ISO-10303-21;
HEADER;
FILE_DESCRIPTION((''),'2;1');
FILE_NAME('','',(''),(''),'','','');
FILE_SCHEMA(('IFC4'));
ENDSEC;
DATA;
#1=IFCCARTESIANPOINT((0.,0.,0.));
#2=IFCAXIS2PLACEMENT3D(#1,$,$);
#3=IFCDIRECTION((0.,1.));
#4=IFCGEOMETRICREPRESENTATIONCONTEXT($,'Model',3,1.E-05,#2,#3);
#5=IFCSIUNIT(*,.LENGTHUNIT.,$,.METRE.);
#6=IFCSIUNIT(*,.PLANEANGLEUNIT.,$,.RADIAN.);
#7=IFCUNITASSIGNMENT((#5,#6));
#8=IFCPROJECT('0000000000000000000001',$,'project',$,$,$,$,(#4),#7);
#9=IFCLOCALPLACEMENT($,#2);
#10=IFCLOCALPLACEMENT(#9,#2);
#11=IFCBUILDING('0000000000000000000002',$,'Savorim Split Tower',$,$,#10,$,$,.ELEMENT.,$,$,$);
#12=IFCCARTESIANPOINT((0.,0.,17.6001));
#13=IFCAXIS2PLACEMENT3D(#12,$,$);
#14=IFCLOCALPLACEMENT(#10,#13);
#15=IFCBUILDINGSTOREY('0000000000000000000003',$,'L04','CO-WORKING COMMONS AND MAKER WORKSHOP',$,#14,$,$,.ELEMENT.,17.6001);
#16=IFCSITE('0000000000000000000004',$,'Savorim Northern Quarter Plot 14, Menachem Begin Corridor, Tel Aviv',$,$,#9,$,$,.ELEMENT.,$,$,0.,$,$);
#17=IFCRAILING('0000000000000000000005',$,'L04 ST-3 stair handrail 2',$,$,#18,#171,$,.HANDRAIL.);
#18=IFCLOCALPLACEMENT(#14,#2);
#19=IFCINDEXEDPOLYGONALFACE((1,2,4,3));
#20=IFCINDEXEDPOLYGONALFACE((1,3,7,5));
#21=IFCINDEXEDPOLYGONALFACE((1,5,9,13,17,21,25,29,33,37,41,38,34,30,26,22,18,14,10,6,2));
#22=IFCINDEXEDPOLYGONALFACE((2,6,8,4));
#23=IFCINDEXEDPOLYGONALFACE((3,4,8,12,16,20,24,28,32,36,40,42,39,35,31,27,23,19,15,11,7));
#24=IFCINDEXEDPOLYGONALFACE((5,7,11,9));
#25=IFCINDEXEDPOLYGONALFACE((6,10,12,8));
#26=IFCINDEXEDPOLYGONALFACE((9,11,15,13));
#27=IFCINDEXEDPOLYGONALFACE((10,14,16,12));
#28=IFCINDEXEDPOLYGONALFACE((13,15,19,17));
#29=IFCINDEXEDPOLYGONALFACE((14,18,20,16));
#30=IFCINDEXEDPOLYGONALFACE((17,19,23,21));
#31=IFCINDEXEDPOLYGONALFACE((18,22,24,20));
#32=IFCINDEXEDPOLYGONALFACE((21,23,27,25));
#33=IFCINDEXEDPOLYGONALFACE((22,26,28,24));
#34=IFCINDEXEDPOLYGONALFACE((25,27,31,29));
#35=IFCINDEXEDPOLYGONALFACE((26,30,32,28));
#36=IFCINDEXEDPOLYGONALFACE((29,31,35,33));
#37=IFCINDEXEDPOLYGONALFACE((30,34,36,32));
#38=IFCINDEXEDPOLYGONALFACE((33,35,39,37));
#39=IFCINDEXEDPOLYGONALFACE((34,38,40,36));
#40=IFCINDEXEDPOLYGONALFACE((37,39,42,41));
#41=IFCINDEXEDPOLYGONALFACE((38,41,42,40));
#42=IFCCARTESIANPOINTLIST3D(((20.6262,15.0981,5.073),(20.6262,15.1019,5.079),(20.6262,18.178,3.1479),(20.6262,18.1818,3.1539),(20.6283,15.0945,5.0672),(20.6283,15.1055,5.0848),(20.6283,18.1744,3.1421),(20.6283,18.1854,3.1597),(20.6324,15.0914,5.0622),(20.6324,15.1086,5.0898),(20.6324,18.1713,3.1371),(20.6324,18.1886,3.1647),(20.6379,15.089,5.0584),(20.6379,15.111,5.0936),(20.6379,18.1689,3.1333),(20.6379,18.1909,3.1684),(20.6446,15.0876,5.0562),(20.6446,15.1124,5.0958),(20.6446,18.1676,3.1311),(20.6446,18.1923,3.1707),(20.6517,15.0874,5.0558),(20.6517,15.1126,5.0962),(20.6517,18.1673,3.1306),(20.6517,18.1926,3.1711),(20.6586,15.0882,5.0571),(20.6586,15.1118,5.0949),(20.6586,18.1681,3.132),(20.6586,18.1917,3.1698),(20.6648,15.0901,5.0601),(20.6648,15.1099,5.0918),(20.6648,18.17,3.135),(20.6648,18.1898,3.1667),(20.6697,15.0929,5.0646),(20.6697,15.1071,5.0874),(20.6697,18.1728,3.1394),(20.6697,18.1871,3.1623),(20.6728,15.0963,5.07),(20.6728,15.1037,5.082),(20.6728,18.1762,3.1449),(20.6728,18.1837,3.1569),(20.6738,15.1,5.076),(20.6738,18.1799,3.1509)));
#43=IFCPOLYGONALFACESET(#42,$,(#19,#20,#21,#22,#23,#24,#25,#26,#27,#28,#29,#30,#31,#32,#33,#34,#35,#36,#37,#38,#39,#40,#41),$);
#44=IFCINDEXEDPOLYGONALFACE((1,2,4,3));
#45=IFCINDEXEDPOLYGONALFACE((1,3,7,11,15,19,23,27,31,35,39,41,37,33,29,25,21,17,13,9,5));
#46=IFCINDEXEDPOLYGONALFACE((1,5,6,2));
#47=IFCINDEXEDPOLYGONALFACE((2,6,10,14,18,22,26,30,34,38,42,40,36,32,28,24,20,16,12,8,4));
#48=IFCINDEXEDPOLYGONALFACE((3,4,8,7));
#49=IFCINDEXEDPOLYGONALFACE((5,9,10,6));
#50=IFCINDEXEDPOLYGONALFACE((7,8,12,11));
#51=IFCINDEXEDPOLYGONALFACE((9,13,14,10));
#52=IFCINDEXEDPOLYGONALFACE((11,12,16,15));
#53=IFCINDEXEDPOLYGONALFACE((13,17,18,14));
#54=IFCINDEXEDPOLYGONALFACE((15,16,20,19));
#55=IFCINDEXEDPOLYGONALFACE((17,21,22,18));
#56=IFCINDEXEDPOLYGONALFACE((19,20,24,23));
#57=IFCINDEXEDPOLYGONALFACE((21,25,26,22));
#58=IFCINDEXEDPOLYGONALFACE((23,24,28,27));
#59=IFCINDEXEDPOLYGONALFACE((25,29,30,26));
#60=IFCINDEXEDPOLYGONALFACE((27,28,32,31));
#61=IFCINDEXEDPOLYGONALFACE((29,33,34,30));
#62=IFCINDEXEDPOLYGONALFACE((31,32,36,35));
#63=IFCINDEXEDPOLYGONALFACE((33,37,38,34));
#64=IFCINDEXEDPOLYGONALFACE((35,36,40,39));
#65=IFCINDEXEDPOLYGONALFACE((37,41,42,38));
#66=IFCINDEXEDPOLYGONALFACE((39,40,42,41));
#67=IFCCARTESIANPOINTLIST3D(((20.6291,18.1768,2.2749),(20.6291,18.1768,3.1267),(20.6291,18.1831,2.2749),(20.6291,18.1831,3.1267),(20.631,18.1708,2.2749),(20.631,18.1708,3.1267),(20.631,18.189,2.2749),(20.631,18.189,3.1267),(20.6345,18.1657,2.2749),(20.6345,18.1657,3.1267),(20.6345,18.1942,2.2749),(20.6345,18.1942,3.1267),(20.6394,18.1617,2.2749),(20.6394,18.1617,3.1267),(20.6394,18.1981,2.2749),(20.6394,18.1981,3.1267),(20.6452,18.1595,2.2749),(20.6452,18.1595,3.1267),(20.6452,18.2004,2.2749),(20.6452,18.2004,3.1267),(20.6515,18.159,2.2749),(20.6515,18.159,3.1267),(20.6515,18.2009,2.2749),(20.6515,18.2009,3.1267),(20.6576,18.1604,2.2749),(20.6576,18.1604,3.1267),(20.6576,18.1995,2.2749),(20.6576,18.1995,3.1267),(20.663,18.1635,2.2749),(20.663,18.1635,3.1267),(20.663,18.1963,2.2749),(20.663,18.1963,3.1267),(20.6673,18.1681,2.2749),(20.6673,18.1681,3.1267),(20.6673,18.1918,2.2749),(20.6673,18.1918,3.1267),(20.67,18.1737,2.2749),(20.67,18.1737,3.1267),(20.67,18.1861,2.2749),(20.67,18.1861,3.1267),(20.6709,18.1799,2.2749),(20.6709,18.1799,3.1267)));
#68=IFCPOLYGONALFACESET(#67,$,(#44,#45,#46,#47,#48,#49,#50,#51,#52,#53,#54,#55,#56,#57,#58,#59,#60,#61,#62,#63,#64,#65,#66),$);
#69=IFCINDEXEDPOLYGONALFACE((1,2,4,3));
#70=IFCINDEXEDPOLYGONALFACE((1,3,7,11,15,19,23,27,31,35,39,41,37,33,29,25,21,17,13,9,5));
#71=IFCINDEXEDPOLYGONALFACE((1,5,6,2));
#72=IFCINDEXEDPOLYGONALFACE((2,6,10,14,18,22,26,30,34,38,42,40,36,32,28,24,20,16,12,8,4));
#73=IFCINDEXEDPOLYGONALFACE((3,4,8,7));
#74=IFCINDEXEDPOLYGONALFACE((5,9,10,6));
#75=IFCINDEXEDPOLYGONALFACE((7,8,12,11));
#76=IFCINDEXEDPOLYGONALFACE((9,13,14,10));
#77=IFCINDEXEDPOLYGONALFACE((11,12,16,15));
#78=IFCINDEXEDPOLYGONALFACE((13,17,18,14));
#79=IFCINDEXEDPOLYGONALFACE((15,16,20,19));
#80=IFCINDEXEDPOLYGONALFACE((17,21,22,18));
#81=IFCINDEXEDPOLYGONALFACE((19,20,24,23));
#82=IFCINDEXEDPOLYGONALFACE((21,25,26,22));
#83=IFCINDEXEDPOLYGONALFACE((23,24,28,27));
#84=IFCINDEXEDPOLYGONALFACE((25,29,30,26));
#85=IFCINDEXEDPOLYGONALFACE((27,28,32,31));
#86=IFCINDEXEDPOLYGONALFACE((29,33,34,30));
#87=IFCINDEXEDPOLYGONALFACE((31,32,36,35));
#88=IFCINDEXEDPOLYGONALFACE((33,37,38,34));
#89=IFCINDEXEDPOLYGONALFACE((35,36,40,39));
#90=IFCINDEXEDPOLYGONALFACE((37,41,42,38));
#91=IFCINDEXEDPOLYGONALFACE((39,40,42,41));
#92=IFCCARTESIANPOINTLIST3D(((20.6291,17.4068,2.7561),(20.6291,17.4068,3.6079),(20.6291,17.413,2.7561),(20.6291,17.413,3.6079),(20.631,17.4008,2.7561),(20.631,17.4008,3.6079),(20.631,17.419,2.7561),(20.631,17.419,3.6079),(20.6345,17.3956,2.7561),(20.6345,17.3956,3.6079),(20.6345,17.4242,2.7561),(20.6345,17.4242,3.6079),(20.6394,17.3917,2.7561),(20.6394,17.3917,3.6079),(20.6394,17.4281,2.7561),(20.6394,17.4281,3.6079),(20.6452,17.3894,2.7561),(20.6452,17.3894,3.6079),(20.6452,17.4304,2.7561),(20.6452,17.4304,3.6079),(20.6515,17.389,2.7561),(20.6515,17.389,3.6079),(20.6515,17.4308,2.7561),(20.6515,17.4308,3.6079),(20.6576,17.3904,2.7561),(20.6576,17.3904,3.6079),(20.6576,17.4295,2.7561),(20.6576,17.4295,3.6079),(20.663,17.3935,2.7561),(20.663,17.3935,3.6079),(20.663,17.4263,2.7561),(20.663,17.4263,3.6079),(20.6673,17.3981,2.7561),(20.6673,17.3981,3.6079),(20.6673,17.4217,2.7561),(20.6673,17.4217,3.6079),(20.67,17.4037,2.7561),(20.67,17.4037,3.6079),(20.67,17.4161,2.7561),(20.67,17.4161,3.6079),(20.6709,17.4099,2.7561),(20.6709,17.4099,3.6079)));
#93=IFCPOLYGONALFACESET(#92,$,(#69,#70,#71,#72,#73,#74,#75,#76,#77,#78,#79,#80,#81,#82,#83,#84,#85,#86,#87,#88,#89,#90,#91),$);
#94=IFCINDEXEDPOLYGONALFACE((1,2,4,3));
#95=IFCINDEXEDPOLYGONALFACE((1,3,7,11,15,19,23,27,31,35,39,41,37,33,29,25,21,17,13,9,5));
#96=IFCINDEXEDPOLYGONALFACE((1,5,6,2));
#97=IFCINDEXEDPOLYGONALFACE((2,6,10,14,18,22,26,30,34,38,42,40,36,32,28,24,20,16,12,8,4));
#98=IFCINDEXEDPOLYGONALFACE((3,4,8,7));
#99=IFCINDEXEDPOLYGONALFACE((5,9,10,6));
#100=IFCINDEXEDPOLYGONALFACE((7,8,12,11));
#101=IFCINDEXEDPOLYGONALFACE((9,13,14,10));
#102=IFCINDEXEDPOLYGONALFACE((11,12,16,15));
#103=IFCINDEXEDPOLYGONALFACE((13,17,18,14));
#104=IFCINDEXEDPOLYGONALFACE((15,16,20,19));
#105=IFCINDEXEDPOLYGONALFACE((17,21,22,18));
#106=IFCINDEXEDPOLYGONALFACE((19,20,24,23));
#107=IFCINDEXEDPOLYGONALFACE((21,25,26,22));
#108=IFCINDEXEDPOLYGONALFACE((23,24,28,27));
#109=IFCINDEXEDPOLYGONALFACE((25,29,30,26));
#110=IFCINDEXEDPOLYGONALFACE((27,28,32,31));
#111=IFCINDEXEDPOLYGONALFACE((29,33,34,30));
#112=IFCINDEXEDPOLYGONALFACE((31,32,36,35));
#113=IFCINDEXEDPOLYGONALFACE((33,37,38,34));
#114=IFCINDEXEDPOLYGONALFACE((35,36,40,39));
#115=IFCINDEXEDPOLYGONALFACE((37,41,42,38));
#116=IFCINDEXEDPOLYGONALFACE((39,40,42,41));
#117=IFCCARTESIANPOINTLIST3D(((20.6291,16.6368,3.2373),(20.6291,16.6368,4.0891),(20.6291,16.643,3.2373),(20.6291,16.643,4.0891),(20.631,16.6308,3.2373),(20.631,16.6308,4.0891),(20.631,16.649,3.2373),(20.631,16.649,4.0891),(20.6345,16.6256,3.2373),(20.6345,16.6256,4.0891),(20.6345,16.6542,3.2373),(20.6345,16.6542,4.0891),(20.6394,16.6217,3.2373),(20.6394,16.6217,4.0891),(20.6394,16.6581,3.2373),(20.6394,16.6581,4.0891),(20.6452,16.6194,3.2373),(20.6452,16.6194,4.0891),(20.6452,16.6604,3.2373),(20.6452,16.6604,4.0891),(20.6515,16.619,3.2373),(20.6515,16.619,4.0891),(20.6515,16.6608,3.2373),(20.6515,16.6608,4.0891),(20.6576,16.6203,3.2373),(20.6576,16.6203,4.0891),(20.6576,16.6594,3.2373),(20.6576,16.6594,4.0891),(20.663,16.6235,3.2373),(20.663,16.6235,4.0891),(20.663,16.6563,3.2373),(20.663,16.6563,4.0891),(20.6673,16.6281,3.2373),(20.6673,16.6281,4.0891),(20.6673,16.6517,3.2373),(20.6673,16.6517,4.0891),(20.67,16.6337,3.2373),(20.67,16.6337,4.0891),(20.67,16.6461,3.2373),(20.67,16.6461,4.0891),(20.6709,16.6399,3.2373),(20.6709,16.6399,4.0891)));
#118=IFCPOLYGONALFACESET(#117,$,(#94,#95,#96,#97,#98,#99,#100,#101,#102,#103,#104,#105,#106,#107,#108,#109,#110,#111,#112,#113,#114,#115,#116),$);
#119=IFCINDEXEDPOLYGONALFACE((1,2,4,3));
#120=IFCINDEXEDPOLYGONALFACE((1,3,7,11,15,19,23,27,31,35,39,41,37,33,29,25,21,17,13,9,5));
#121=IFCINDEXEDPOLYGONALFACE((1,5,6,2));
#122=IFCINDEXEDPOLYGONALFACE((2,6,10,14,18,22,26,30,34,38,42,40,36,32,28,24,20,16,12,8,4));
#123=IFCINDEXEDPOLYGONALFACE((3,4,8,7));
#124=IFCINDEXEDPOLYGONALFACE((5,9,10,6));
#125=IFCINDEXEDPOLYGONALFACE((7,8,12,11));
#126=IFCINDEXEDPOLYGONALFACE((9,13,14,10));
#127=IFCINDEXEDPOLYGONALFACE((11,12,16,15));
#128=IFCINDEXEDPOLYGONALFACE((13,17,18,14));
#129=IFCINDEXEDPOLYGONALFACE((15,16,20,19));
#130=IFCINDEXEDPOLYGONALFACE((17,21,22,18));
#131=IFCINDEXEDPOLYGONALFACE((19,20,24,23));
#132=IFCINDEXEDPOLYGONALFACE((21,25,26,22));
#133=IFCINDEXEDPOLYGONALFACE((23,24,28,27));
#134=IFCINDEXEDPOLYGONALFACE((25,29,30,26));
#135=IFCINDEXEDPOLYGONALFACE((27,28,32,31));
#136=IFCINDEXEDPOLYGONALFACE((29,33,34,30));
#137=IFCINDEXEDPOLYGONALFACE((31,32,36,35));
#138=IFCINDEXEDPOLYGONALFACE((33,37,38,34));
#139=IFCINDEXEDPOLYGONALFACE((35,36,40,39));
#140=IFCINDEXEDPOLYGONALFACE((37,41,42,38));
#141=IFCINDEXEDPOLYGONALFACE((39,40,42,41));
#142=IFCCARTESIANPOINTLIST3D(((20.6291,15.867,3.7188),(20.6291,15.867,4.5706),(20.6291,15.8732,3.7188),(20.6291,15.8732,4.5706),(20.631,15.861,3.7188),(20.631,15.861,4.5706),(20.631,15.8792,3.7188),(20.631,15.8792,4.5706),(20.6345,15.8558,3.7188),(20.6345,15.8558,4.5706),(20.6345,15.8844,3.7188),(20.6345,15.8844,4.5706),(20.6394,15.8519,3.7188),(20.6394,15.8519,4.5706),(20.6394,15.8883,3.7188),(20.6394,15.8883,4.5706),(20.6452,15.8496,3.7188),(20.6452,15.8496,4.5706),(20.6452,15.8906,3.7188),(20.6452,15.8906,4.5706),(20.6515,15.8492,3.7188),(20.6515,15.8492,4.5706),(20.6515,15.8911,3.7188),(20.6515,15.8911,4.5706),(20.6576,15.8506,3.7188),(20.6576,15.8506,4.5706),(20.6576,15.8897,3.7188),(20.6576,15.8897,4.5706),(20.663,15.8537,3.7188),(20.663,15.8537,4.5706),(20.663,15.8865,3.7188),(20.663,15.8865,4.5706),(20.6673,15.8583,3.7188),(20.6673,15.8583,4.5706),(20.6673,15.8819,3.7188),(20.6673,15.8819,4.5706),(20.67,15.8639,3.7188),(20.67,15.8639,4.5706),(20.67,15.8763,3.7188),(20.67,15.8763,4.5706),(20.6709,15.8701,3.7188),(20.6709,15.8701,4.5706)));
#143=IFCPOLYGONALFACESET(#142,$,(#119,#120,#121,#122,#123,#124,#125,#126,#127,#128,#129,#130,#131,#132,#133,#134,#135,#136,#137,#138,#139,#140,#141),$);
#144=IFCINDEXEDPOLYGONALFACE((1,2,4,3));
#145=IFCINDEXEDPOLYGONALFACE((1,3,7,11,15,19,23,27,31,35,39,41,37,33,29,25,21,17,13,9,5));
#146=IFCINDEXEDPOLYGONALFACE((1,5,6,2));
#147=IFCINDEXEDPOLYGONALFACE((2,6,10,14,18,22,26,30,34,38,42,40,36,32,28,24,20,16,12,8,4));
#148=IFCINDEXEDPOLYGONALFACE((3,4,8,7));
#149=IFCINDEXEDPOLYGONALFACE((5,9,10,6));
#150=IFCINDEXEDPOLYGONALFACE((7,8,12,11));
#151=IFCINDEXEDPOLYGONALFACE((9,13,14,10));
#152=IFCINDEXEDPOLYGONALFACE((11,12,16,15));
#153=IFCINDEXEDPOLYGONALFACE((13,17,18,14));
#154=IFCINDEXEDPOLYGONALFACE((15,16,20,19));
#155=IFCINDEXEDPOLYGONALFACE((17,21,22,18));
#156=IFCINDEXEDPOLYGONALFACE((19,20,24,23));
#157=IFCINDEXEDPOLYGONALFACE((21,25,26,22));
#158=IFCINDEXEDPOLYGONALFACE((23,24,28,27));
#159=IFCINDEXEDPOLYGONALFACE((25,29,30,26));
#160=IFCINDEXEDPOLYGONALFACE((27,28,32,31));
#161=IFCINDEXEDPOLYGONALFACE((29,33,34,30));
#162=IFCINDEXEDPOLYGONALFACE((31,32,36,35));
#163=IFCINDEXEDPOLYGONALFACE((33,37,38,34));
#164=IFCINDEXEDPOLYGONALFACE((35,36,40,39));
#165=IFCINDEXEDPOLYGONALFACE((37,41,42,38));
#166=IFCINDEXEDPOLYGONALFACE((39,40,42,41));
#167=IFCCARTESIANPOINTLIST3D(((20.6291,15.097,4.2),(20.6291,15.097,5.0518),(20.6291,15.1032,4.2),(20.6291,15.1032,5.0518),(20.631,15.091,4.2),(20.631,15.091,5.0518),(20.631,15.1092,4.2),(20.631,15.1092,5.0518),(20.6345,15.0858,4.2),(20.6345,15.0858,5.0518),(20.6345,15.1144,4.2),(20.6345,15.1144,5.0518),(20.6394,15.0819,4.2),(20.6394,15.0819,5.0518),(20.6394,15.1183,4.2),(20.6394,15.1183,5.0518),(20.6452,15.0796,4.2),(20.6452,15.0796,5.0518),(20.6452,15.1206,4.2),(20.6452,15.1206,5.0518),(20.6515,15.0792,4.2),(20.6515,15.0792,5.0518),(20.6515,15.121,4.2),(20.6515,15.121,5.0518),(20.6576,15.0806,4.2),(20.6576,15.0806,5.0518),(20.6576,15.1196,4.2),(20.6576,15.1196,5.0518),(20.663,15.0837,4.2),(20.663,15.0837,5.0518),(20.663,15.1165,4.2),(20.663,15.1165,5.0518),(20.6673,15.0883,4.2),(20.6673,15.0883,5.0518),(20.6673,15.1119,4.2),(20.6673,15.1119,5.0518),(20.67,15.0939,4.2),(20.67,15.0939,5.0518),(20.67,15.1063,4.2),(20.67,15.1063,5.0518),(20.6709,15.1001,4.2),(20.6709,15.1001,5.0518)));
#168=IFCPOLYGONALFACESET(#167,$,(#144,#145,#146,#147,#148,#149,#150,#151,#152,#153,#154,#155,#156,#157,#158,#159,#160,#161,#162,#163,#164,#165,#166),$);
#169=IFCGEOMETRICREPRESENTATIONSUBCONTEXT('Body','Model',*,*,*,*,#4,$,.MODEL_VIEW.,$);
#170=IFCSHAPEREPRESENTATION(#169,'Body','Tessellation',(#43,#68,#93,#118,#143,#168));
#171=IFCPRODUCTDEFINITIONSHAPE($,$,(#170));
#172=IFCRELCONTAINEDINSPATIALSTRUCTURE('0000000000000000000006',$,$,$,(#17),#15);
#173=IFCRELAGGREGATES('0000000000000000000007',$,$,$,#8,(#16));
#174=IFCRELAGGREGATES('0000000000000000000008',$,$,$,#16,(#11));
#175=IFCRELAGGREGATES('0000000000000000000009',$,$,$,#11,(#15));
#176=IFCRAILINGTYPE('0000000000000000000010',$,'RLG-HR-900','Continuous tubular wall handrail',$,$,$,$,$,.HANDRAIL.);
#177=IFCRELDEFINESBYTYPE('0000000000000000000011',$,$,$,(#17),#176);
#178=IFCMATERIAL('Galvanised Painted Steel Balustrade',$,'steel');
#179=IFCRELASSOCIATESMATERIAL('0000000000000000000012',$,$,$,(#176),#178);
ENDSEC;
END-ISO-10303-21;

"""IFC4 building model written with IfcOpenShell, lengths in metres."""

from ifc_helpers import new_model, si_unit, direction, frame, origin, origin_2d, place, context, subcontext, project, spatial, circle, extrude, material, type_object, element, save


model = new_model("IFC4")

# Units and contexts
model_context = context("Model", 3, precision=1e-05, world=origin(), true_north=direction((0.0, 1.0)))
body_context = subcontext(model_context, "Body", "Model", "MODEL_VIEW")
ifc_project = project(units=[si_unit("LENGTHUNIT", "METRE"), si_unit("PLANEANGLEUNIT", "RADIAN")], contexts=[model_context])

# Site, building, storey
site_placement = place(None, origin())
site = spatial("IfcSite", under=ifc_project, at=site_placement, Name="Savorim Northern Quarter Plot 14, Menachem Begin Corridor, Tel Aviv", CompositionType="ELEMENT", RefElevation=0.0)
building_placement = place(site_placement, origin())
building = spatial("IfcBuilding", under=site, at=building_placement, Name="Savorim Split Tower", CompositionType="ELEMENT")
storey_placement = place(building_placement, frame((0.0, 0.0, 17.6001)))
storey = spatial("IfcBuildingStorey", under=building, at=storey_placement, Name="L04", Description="CO-WORKING COMMONS AND MAKER WORKSHOP", CompositionType="ELEMENT", Elevation=17.6001)

# Railing
ifc_material_1 = material(Name="Galvanised Painted Steel Balustrade", Category="steel")
railing_type_1 = type_object("IfcRailingType", Name="RLG-HR-900", Description="Continuous tubular wall handrail", PredefinedType="HANDRAIL", material=ifc_material_1)
railing_1_placement = place(storey_placement, frame((20.6499, 18.1799, 2.2749)))
element("IfcRailing", 1, at=railing_1_placement, inside=storey, type_object=railing_type_1, Name="L04 ST-3 stair handrail 2", PredefinedType="HANDRAIL", context=body_context, shape_type="SweptSolid", body=[
    extrude(circle(Radius=0.0239, at=origin_2d()), frame((0.0, 0.0, 0.876), z_axis=(0.0, -0.847979, 0.530029), x_axis=(1.0, 0.0, 0.0)), (0.0, 0.0, 1.0), 3.6321),
    extrude(circle(Radius=0.021, at=origin_2d()), origin(), (0.0, 0.0, 1.0), 0.8518),
    extrude(circle(Radius=0.021, at=origin_2d()), frame((0.0, -0.77, 0.4812)), (0.0, 0.0, 1.0), 0.8518),
    extrude(circle(Radius=0.021, at=origin_2d()), frame((0.0, -1.54, 0.9624)), (0.0, 0.0, 1.0), 0.8518),
    extrude(circle(Radius=0.021, at=origin_2d()), frame((0.0, -2.3098, 1.4438)), (0.0, 0.0, 1.0), 0.8518),
    extrude(circle(Radius=0.021, at=origin_2d()), frame((0.0, -3.0798, 1.925)), (0.0, 0.0, 1.0), 0.8518),
])

save(model, "model.ifc")
